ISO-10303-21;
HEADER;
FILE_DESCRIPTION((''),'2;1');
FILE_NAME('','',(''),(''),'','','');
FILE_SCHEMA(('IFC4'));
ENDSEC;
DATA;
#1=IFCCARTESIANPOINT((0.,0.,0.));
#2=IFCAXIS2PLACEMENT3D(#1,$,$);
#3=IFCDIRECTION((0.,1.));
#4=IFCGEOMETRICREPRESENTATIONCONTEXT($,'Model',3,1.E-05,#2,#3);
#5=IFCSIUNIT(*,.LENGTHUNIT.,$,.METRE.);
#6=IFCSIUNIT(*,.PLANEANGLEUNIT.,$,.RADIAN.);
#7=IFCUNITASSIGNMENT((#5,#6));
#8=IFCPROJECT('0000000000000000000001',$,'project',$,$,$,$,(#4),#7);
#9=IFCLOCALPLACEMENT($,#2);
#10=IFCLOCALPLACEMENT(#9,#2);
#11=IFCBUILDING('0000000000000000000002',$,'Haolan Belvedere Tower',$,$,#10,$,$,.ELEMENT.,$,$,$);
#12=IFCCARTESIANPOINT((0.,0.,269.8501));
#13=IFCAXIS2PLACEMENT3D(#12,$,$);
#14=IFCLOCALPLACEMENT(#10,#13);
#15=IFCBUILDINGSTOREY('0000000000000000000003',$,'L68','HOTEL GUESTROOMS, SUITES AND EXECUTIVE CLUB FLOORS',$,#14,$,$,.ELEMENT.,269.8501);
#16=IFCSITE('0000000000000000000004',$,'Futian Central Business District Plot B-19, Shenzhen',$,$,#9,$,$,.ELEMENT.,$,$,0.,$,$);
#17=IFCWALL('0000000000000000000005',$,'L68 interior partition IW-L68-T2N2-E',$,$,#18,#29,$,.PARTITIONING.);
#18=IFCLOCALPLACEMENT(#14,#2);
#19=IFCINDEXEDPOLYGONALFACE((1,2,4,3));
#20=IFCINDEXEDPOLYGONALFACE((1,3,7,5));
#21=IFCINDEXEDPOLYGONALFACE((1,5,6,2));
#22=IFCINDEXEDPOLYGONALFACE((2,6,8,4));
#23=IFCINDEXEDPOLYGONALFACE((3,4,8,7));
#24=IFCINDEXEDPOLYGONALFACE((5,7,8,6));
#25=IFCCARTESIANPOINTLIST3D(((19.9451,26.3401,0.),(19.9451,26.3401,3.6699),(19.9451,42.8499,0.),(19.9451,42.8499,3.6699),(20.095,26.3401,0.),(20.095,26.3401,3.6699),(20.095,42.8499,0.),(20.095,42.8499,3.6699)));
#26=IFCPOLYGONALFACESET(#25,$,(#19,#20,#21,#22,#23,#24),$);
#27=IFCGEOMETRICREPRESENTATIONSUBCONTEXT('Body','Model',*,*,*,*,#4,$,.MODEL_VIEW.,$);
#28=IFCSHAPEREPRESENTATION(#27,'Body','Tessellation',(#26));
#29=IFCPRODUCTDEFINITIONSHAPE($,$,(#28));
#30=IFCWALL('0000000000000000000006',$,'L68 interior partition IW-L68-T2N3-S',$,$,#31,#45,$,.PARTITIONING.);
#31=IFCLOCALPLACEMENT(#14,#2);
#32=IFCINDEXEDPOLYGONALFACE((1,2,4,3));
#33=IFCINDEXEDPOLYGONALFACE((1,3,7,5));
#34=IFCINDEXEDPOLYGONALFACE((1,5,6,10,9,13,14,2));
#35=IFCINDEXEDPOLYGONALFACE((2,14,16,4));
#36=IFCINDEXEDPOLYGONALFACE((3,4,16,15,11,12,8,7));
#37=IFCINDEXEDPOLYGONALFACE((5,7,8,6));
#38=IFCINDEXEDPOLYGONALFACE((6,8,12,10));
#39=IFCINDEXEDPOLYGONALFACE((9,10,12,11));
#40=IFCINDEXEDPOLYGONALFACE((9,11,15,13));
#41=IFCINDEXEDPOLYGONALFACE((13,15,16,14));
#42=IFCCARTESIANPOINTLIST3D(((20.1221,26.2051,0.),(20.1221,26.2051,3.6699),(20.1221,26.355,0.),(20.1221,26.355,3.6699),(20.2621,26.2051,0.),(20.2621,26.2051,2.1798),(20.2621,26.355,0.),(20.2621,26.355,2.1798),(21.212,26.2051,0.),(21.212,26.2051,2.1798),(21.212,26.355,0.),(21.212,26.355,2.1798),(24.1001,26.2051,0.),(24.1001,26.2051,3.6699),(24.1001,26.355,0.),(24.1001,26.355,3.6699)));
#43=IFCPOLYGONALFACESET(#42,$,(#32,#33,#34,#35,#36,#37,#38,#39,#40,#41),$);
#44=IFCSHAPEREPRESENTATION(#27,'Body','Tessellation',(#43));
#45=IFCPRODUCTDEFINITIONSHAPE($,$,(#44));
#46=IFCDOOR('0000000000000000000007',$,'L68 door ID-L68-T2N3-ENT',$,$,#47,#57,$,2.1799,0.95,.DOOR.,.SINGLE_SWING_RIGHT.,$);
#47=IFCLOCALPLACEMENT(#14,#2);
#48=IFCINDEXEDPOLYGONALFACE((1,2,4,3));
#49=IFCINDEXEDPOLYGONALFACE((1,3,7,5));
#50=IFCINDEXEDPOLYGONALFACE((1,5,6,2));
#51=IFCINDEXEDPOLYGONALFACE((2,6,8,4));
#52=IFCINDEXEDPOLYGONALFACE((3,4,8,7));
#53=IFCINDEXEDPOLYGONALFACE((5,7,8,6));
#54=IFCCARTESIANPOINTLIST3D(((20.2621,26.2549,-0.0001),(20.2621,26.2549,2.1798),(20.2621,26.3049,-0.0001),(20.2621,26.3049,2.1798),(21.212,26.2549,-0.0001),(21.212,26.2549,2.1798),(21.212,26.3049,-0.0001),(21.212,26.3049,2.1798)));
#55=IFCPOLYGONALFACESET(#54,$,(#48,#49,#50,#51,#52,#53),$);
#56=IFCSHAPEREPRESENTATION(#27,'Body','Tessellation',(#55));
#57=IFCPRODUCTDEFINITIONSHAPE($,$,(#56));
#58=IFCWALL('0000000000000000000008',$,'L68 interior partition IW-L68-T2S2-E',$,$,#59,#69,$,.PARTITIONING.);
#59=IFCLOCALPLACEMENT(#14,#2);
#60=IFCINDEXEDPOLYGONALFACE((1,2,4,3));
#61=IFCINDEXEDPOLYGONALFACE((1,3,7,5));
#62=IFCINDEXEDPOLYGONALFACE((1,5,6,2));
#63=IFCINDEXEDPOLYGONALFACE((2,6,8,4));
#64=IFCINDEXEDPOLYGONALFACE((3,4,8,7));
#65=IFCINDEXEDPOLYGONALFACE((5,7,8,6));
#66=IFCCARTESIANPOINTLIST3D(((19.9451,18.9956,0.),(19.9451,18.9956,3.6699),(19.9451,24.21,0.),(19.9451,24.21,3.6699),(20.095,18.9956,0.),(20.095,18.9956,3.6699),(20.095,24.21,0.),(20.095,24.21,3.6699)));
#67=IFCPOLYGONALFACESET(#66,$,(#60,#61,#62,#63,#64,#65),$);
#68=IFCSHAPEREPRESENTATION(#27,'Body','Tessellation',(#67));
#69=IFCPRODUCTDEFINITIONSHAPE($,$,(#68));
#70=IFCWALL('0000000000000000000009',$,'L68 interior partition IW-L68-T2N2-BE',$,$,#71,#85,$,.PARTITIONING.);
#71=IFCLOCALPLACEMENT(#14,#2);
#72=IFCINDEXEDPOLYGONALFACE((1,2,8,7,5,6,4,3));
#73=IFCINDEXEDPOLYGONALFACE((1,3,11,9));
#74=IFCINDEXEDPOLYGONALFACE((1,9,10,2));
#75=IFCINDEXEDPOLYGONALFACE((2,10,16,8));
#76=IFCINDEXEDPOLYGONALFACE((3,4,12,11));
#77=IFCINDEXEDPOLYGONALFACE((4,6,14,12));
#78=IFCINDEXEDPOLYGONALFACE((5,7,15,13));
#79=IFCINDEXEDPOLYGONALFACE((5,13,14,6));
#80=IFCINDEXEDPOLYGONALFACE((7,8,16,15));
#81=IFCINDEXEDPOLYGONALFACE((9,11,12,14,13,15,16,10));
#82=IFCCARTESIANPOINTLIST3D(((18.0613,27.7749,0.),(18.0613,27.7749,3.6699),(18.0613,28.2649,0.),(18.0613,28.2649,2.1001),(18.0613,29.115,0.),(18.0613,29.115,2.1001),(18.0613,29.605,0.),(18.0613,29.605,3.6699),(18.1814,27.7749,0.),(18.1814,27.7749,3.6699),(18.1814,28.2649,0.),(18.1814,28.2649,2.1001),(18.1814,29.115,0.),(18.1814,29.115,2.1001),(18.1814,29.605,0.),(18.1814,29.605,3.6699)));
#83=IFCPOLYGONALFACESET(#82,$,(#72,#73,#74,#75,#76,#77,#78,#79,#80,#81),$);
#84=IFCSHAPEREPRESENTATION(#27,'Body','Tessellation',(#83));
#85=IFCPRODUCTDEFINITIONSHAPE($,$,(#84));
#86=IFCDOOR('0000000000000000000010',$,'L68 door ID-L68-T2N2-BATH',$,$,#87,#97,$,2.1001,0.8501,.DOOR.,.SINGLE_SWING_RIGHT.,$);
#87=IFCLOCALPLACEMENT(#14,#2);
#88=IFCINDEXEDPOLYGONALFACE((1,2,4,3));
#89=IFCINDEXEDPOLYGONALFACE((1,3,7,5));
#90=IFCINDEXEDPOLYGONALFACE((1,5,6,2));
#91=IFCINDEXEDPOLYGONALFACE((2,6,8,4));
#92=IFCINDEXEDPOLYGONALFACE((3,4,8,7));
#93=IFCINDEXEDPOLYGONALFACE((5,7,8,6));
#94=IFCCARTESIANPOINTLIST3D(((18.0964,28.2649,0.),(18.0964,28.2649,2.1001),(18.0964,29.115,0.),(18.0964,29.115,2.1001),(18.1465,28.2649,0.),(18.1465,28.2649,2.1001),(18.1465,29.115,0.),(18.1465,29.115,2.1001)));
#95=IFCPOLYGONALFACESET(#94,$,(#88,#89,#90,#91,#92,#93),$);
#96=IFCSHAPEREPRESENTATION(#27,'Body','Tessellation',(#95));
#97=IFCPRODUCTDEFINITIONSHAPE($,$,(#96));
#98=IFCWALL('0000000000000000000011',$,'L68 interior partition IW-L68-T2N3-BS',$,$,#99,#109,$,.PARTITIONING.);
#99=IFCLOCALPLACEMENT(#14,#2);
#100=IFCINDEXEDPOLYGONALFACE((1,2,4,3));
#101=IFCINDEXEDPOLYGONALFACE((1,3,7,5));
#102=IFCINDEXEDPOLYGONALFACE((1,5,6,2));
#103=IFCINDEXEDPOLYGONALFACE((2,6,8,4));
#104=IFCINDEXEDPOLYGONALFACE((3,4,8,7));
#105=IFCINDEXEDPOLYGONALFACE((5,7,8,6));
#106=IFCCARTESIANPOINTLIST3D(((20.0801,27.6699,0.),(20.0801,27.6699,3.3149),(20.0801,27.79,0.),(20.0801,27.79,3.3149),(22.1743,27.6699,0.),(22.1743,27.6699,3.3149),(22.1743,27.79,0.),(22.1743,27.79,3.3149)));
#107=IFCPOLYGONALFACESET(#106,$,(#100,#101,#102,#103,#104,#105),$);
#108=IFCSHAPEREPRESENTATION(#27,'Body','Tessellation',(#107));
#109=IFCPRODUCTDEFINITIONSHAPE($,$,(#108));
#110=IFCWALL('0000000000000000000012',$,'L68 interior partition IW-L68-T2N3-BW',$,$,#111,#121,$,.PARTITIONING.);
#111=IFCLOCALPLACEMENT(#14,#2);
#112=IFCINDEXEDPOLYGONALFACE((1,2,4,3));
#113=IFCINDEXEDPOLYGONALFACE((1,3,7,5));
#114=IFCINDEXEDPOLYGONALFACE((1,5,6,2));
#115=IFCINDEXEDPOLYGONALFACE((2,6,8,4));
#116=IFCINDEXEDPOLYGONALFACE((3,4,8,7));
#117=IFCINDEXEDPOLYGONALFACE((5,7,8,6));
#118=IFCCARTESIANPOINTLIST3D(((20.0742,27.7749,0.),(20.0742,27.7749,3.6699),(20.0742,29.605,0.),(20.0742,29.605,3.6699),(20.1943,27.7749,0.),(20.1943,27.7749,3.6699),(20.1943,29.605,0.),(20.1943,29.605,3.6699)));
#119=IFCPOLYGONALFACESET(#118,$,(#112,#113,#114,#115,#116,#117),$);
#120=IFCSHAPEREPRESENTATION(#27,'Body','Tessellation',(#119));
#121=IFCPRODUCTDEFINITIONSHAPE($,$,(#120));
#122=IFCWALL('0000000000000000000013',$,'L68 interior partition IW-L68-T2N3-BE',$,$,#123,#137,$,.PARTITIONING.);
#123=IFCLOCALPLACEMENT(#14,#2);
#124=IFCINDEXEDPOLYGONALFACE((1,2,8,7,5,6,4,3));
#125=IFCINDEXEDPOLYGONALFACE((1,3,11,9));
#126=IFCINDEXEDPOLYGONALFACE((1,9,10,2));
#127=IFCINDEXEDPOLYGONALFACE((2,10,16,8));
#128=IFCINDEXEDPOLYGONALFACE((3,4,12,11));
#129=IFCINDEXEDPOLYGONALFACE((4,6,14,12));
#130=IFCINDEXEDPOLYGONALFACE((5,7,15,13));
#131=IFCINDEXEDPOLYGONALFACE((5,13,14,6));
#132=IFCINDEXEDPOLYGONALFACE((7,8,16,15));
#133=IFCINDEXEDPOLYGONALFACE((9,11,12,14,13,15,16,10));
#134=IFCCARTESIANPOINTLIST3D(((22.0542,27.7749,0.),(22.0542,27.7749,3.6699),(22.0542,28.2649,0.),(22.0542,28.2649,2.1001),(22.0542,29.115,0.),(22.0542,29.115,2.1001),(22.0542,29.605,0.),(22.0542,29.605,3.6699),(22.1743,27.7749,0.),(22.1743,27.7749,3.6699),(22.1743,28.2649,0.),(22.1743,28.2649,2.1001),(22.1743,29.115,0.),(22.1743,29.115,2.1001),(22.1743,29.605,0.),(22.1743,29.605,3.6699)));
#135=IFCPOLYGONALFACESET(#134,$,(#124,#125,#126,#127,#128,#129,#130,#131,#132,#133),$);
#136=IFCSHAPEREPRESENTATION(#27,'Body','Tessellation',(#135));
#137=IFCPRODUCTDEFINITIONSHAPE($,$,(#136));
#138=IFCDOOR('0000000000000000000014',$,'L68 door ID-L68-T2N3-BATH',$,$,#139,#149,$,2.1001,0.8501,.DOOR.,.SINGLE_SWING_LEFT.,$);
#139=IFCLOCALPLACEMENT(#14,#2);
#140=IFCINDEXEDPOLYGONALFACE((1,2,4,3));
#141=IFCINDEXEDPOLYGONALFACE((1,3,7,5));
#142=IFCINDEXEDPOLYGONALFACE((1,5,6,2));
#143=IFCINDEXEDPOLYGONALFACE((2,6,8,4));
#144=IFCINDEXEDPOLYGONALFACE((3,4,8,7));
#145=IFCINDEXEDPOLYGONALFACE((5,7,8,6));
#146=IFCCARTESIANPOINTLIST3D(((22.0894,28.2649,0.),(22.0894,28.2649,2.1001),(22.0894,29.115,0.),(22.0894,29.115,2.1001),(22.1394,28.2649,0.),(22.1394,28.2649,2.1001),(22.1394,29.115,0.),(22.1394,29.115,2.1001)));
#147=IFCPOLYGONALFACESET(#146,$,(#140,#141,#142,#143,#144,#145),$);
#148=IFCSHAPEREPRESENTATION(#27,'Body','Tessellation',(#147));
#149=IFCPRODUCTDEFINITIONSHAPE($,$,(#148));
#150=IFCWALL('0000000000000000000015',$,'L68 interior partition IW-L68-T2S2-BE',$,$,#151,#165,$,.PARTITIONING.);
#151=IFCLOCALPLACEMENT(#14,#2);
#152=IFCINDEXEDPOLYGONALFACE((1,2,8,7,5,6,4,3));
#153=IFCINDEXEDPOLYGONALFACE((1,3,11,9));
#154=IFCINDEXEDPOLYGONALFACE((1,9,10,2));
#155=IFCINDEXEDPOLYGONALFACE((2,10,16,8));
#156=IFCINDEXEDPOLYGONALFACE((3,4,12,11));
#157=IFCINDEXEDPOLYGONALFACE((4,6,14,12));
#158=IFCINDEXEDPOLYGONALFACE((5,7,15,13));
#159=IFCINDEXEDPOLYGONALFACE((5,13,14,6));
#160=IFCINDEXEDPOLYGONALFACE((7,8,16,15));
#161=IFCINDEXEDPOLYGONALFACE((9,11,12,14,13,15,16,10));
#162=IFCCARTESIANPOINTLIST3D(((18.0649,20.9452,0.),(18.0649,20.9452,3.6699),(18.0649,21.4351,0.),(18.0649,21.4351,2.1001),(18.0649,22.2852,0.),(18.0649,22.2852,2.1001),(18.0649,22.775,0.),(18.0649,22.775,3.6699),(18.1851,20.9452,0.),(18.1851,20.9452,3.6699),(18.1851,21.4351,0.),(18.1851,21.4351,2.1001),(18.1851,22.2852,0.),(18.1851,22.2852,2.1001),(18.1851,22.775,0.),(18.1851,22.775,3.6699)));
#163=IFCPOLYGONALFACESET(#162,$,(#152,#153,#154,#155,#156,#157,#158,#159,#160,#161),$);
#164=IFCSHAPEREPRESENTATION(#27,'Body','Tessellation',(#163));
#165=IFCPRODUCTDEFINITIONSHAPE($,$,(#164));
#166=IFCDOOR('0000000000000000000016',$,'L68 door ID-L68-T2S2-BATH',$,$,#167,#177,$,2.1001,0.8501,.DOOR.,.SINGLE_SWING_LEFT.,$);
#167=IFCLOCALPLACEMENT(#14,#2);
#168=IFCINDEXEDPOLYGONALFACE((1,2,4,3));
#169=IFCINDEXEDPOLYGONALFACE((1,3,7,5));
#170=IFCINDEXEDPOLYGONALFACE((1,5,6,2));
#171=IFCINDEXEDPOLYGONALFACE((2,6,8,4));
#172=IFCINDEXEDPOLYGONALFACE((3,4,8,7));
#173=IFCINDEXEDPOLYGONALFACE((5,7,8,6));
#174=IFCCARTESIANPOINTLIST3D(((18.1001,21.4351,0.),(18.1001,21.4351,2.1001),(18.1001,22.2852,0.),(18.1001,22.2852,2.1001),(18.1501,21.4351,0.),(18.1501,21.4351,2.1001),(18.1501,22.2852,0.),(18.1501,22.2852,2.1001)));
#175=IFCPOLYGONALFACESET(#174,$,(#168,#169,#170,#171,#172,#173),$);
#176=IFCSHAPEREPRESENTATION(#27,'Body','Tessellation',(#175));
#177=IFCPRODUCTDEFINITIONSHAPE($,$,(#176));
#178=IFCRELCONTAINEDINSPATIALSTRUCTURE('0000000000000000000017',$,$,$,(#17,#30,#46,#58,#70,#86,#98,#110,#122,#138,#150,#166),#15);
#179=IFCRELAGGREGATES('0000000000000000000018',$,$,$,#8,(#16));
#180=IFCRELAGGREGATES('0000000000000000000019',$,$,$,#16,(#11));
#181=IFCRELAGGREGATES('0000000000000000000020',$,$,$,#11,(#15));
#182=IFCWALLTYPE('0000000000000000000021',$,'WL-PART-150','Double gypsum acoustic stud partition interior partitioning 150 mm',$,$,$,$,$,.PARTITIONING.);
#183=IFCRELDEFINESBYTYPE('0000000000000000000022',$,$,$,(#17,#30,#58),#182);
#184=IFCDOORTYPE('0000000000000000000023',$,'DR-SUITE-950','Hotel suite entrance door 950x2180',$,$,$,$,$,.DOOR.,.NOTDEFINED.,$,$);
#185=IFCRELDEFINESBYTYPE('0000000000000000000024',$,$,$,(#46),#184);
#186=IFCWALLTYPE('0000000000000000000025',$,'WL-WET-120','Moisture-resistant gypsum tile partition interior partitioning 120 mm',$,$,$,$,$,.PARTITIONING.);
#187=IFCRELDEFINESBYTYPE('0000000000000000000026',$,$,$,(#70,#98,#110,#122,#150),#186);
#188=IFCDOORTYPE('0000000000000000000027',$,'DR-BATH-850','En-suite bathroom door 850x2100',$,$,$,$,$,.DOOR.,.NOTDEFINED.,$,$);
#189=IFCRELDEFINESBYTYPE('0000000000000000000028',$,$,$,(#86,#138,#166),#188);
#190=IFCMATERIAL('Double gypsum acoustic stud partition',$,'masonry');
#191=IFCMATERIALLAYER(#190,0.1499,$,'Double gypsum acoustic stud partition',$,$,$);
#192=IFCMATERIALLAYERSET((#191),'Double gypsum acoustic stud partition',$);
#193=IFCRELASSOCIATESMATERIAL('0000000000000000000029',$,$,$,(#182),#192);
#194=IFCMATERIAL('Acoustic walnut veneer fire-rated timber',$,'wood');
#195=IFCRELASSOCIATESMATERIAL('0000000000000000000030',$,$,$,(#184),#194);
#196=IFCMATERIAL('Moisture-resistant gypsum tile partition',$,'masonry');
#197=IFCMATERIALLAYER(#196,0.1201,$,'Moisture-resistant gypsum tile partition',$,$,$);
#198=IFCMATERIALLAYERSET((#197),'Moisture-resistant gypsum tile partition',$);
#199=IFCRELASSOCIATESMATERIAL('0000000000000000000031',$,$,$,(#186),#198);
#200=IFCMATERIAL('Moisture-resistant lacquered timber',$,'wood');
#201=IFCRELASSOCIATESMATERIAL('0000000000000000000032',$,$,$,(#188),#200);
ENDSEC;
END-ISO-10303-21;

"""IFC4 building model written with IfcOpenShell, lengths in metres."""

from ifc_helpers import new_model, si_unit, direction, frame, frame_2d, origin, place, context, subcontext, project, spatial, rectangle, extrude, material, layer, layer_set, type_object, element, fill, save


model = new_model("IFC4")

# Units and contexts
model_context = context("Model", 3, precision=1e-05, world=origin(), true_north=direction((0.0, 1.0)))
body_context = subcontext(model_context, "Body", "Model", "MODEL_VIEW")
ifc_project = project(units=[si_unit("LENGTHUNIT", "METRE"), si_unit("PLANEANGLEUNIT", "RADIAN")], contexts=[model_context])

# Site, building, storey
site_placement = place(None, origin())
site = spatial("IfcSite", under=ifc_project, at=site_placement, Name="Futian Central Business District Plot B-19, Shenzhen", CompositionType="ELEMENT", RefElevation=0.0)
building_placement = place(site_placement, origin())
building = spatial("IfcBuilding", under=site, at=building_placement, Name="Haolan Belvedere Tower", CompositionType="ELEMENT")
storey_placement = place(building_placement, frame((0.0, 0.0, 269.8501)))
storey = spatial("IfcBuildingStorey", under=building, at=storey_placement, Name="L68", Description="HOTEL GUESTROOMS, SUITES AND EXECUTIVE CLUB FLOORS", CompositionType="ELEMENT", Elevation=269.8501)

# Shared definitions
ifc_material_1 = material(Name="Double gypsum acoustic stud partition", Category="masonry")
ifc_layer_1 = layer(ifc_material_1, 0.1499, Name="Double gypsum acoustic stud partition")
ifc_layer_set_1 = layer_set([ifc_layer_1], Name="Double gypsum acoustic stud partition")
wall_type_1 = type_object("IfcWallType", Name="WL-PART-150", Description="Double gypsum acoustic stud partition interior partitioning 150 mm", PredefinedType="PARTITIONING", material=ifc_layer_set_1)

# Wall
wall_1_placement = place(storey_placement, frame((20.02, 26.3401, 0.0), z_axis=(0.0, 0.0, 1.0), x_axis=(0.0, 1.0, 0.0)))
element("IfcWall", 1, at=wall_1_placement, inside=storey, type_object=wall_type_1, Name="L68 interior partition IW-L68-T2N2-E", PredefinedType="PARTITIONING", context=body_context, shape_type="SweptSolid", body=[
    extrude(rectangle(XDim=16.5098, YDim=0.1499, at=frame_2d((8.2549, 0.0))), origin(), (0.0, 0.0, 1.0), 3.6699),
])

# Wall, opening, door
wall_2_placement = place(storey_placement, frame((20.1221, 26.28, 0.0), z_axis=(0.0, 0.0, 1.0), x_axis=(1.0, 0.0, 0.0)))
wall_2 = element("IfcWall", 2, at=wall_2_placement, inside=storey, type_object=wall_type_1, Name="L68 interior partition IW-L68-T2N3-S", PredefinedType="PARTITIONING", context=body_context, shape_type="SweptSolid", body=[
    extrude(rectangle(XDim=3.978, YDim=0.1499, at=frame_2d((1.989, 0.0))), origin(), (0.0, 0.0, 1.0), 3.6699),
])
opening_1_placement = place(wall_2_placement, frame((0.1399, 0.0, 0.0)))
opening_1 = element("IfcOpeningElement", 3, at=opening_1_placement, cuts=wall_2, PredefinedType="OPENING", context=body_context, shape_type="SweptSolid", body=[
    extrude(rectangle(XDim=0.95, YDim=2.1799, at=frame_2d((0.4751, 1.0898))), frame((0.0, 0.085, 0.0), z_axis=(0.0, -1.0, 0.0), x_axis=(1.0, 0.0, 0.0)), (0.0, 0.0, 1.0), 0.1699),
])
ifc_material_2 = material(Name="Acoustic walnut veneer fire-rated timber", Category="wood")
door_type_1 = type_object("IfcDoorType", Name="DR-SUITE-950", Description="Hotel suite entrance door 950x2180", OperationType="NOTDEFINED", PredefinedType="DOOR", material=ifc_material_2)
door_1_placement = place(opening_1_placement, origin())
door_1 = element("IfcDoor", 4, at=door_1_placement, inside=storey, type_object=door_type_1, Name="L68 door ID-L68-T2N3-ENT", OperationType="SINGLE_SWING_RIGHT", OverallHeight=2.1799, OverallWidth=0.95, PredefinedType="DOOR", context=body_context, shape_type="SweptSolid", body=[
    extrude(rectangle(XDim=0.95, YDim=2.1799, at=frame_2d((0.4751, 1.0898))), frame((0.0, 0.0249, 0.0), z_axis=(0.0, -1.0, 0.0), x_axis=(1.0, 0.0, 0.0)), (0.0, 0.0, 1.0), 0.05),
])
fill(opening_1, door_1)

# Wall
wall_3_placement = place(storey_placement, frame((20.02, 18.9956, 0.0), z_axis=(0.0, 0.0, 1.0), x_axis=(0.0, 1.0, 0.0)))
element("IfcWall", 5, at=wall_3_placement, inside=storey, type_object=wall_type_1, Name="L68 interior partition IW-L68-T2S2-E", PredefinedType="PARTITIONING", context=body_context, shape_type="SweptSolid", body=[
    extrude(rectangle(XDim=5.2144, YDim=0.1499, at=frame_2d((2.6072, 0.0))), origin(), (0.0, 0.0, 1.0), 3.6699),
])

# Wall, opening, door
ifc_material_3 = material(Name="Moisture-resistant gypsum tile partition", Category="masonry")
ifc_layer_2 = layer(ifc_material_3, 0.1201, Name="Moisture-resistant gypsum tile partition")
ifc_layer_set_2 = layer_set([ifc_layer_2], Name="Moisture-resistant gypsum tile partition")
wall_type_2 = type_object("IfcWallType", Name="WL-WET-120", Description="Moisture-resistant gypsum tile partition interior partitioning 120 mm", PredefinedType="PARTITIONING", material=ifc_layer_set_2)
wall_4_placement = place(storey_placement, frame((18.1213, 27.7749, 0.0), z_axis=(0.0, 0.0, 1.0), x_axis=(0.0, 1.0, 0.0)))
wall_4 = element("IfcWall", 6, at=wall_4_placement, inside=storey, type_object=wall_type_2, Name="L68 interior partition IW-L68-T2N2-BE", PredefinedType="PARTITIONING", context=body_context, shape_type="SweptSolid", body=[
    extrude(rectangle(XDim=1.8301, YDim=0.1201, at=frame_2d((0.915, 0.0))), origin(), (0.0, 0.0, 1.0), 3.6699),
])
opening_2_placement = place(wall_4_placement, frame((0.49, 0.0, 0.0)))
opening_2 = element("IfcOpeningElement", 7, at=opening_2_placement, cuts=wall_4, PredefinedType="OPENING", context=body_context, shape_type="SweptSolid", body=[
    extrude(rectangle(XDim=0.8501, YDim=2.1001, at=frame_2d((0.425, 1.05))), frame((0.0, 0.0701, 0.0), z_axis=(0.0, -1.0, 0.0), x_axis=(1.0, 0.0, 0.0)), (0.0, 0.0, 1.0), 0.1401),
])
ifc_material_4 = material(Name="Moisture-resistant lacquered timber", Category="wood")
door_type_2 = type_object("IfcDoorType", Name="DR-BATH-850", Description="En-suite bathroom door 850x2100", OperationType="NOTDEFINED", PredefinedType="DOOR", material=ifc_material_4)
door_2_placement = place(opening_2_placement, origin())
door_2 = element("IfcDoor", 8, at=door_2_placement, inside=storey, type_object=door_type_2, Name="L68 door ID-L68-T2N2-BATH", OperationType="SINGLE_SWING_RIGHT", OverallHeight=2.1001, OverallWidth=0.8501, PredefinedType="DOOR", context=body_context, shape_type="SweptSolid", body=[
    extrude(rectangle(XDim=0.8501, YDim=2.1001, at=frame_2d((0.425, 1.05))), frame((0.0, 0.0249, 0.0), z_axis=(0.0, -1.0, 0.0), x_axis=(1.0, 0.0, 0.0)), (0.0, 0.0, 1.0), 0.05),
])
fill(opening_2, door_2)

# Walls
wall_5_placement = place(storey_placement, frame((20.0801, 27.73, 0.0), z_axis=(0.0, 0.0, 1.0), x_axis=(1.0, 0.0, 0.0)))
element("IfcWall", 9, at=wall_5_placement, inside=storey, type_object=wall_type_2, Name="L68 interior partition IW-L68-T2N3-BS", PredefinedType="PARTITIONING", context=body_context, shape_type="SweptSolid", body=[
    extrude(rectangle(XDim=2.0942, YDim=0.1201, at=frame_2d((1.0471, 0.0))), origin(), (0.0, 0.0, 1.0), 3.3149),
])
wall_6_placement = place(storey_placement, frame((20.1343, 27.7749, 0.0), z_axis=(0.0, 0.0, 1.0), x_axis=(0.0, 1.0, 0.0)))
element("IfcWall", 10, at=wall_6_placement, inside=storey, type_object=wall_type_2, Name="L68 interior partition IW-L68-T2N3-BW", PredefinedType="PARTITIONING", context=body_context, shape_type="SweptSolid", body=[
    extrude(rectangle(XDim=1.8301, YDim=0.1201, at=frame_2d((0.915, 0.0))), origin(), (0.0, 0.0, 1.0), 3.6699),
])

# Walls, openings, doors
wall_7_placement = place(storey_placement, frame((22.1143, 27.7749, 0.0), z_axis=(0.0, 0.0, 1.0), x_axis=(0.0, 1.0, 0.0)))
wall_7 = element("IfcWall", 11, at=wall_7_placement, inside=storey, type_object=wall_type_2, Name="L68 interior partition IW-L68-T2N3-BE", PredefinedType="PARTITIONING", context=body_context, shape_type="SweptSolid", body=[
    extrude(rectangle(XDim=1.8301, YDim=0.1201, at=frame_2d((0.915, 0.0))), origin(), (0.0, 0.0, 1.0), 3.6699),
])
opening_3_placement = place(wall_7_placement, frame((0.49, 0.0, 0.0)))
opening_3 = element("IfcOpeningElement", 12, at=opening_3_placement, cuts=wall_7, PredefinedType="OPENING", context=body_context, shape_type="SweptSolid", body=[
    extrude(rectangle(XDim=0.8501, YDim=2.1001, at=frame_2d((0.425, 1.05))), frame((0.0, 0.0701, 0.0), z_axis=(0.0, -1.0, 0.0), x_axis=(1.0, 0.0, 0.0)), (0.0, 0.0, 1.0), 0.1401),
])
door_3_placement = place(opening_3_placement, origin())
door_3 = element("IfcDoor", 13, at=door_3_placement, inside=storey, type_object=door_type_2, Name="L68 door ID-L68-T2N3-BATH", OperationType="SINGLE_SWING_LEFT", OverallHeight=2.1001, OverallWidth=0.8501, PredefinedType="DOOR", context=body_context, shape_type="SweptSolid", body=[
    extrude(rectangle(XDim=0.8501, YDim=2.1001, at=frame_2d((0.425, 1.05))), frame((0.0, 0.0249, 0.0), z_axis=(0.0, -1.0, 0.0), x_axis=(1.0, 0.0, 0.0)), (0.0, 0.0, 1.0), 0.05),
])
fill(opening_3, door_3)
wall_8_placement = place(storey_placement, frame((18.125, 20.9451, 0.0), z_axis=(0.0, 0.0, 1.0), x_axis=(0.0, 1.0, 0.0)))
wall_8 = element("IfcWall", 14, at=wall_8_placement, inside=storey, type_object=wall_type_2, Name="L68 interior partition IW-L68-T2S2-BE", PredefinedType="PARTITIONING", context=body_context, shape_type="SweptSolid", body=[
    extrude(rectangle(XDim=1.8298, YDim=0.1201, at=frame_2d((0.915, 0.0))), origin(), (0.0, 0.0, 1.0), 3.6699),
])
opening_4_placement = place(wall_8_placement, frame((0.49, 0.0, 0.0)))
opening_4 = element("IfcOpeningElement", 15, at=opening_4_placement, cuts=wall_8, PredefinedType="OPENING", context=body_context, shape_type="SweptSolid", body=[
    extrude(rectangle(XDim=0.8501, YDim=2.1001, at=frame_2d((0.425, 1.05))), frame((0.0, 0.0701, 0.0), z_axis=(0.0, -1.0, 0.0), x_axis=(1.0, 0.0, 0.0)), (0.0, 0.0, 1.0), 0.1401),
])
door_4_placement = place(opening_4_placement, origin())
door_4 = element("IfcDoor", 16, at=door_4_placement, inside=storey, type_object=door_type_2, Name="L68 door ID-L68-T2S2-BATH", OperationType="SINGLE_SWING_LEFT", OverallHeight=2.1001, OverallWidth=0.8501, PredefinedType="DOOR", context=body_context, shape_type="SweptSolid", body=[
    extrude(rectangle(XDim=0.8501, YDim=2.1001, at=frame_2d((0.425, 1.05))), frame((0.0, 0.0249, 0.0), z_axis=(0.0, -1.0, 0.0), x_axis=(1.0, 0.0, 0.0)), (0.0, 0.0, 1.0), 0.05),
])
fill(opening_4, door_4)

save(model, "model.ifc")
